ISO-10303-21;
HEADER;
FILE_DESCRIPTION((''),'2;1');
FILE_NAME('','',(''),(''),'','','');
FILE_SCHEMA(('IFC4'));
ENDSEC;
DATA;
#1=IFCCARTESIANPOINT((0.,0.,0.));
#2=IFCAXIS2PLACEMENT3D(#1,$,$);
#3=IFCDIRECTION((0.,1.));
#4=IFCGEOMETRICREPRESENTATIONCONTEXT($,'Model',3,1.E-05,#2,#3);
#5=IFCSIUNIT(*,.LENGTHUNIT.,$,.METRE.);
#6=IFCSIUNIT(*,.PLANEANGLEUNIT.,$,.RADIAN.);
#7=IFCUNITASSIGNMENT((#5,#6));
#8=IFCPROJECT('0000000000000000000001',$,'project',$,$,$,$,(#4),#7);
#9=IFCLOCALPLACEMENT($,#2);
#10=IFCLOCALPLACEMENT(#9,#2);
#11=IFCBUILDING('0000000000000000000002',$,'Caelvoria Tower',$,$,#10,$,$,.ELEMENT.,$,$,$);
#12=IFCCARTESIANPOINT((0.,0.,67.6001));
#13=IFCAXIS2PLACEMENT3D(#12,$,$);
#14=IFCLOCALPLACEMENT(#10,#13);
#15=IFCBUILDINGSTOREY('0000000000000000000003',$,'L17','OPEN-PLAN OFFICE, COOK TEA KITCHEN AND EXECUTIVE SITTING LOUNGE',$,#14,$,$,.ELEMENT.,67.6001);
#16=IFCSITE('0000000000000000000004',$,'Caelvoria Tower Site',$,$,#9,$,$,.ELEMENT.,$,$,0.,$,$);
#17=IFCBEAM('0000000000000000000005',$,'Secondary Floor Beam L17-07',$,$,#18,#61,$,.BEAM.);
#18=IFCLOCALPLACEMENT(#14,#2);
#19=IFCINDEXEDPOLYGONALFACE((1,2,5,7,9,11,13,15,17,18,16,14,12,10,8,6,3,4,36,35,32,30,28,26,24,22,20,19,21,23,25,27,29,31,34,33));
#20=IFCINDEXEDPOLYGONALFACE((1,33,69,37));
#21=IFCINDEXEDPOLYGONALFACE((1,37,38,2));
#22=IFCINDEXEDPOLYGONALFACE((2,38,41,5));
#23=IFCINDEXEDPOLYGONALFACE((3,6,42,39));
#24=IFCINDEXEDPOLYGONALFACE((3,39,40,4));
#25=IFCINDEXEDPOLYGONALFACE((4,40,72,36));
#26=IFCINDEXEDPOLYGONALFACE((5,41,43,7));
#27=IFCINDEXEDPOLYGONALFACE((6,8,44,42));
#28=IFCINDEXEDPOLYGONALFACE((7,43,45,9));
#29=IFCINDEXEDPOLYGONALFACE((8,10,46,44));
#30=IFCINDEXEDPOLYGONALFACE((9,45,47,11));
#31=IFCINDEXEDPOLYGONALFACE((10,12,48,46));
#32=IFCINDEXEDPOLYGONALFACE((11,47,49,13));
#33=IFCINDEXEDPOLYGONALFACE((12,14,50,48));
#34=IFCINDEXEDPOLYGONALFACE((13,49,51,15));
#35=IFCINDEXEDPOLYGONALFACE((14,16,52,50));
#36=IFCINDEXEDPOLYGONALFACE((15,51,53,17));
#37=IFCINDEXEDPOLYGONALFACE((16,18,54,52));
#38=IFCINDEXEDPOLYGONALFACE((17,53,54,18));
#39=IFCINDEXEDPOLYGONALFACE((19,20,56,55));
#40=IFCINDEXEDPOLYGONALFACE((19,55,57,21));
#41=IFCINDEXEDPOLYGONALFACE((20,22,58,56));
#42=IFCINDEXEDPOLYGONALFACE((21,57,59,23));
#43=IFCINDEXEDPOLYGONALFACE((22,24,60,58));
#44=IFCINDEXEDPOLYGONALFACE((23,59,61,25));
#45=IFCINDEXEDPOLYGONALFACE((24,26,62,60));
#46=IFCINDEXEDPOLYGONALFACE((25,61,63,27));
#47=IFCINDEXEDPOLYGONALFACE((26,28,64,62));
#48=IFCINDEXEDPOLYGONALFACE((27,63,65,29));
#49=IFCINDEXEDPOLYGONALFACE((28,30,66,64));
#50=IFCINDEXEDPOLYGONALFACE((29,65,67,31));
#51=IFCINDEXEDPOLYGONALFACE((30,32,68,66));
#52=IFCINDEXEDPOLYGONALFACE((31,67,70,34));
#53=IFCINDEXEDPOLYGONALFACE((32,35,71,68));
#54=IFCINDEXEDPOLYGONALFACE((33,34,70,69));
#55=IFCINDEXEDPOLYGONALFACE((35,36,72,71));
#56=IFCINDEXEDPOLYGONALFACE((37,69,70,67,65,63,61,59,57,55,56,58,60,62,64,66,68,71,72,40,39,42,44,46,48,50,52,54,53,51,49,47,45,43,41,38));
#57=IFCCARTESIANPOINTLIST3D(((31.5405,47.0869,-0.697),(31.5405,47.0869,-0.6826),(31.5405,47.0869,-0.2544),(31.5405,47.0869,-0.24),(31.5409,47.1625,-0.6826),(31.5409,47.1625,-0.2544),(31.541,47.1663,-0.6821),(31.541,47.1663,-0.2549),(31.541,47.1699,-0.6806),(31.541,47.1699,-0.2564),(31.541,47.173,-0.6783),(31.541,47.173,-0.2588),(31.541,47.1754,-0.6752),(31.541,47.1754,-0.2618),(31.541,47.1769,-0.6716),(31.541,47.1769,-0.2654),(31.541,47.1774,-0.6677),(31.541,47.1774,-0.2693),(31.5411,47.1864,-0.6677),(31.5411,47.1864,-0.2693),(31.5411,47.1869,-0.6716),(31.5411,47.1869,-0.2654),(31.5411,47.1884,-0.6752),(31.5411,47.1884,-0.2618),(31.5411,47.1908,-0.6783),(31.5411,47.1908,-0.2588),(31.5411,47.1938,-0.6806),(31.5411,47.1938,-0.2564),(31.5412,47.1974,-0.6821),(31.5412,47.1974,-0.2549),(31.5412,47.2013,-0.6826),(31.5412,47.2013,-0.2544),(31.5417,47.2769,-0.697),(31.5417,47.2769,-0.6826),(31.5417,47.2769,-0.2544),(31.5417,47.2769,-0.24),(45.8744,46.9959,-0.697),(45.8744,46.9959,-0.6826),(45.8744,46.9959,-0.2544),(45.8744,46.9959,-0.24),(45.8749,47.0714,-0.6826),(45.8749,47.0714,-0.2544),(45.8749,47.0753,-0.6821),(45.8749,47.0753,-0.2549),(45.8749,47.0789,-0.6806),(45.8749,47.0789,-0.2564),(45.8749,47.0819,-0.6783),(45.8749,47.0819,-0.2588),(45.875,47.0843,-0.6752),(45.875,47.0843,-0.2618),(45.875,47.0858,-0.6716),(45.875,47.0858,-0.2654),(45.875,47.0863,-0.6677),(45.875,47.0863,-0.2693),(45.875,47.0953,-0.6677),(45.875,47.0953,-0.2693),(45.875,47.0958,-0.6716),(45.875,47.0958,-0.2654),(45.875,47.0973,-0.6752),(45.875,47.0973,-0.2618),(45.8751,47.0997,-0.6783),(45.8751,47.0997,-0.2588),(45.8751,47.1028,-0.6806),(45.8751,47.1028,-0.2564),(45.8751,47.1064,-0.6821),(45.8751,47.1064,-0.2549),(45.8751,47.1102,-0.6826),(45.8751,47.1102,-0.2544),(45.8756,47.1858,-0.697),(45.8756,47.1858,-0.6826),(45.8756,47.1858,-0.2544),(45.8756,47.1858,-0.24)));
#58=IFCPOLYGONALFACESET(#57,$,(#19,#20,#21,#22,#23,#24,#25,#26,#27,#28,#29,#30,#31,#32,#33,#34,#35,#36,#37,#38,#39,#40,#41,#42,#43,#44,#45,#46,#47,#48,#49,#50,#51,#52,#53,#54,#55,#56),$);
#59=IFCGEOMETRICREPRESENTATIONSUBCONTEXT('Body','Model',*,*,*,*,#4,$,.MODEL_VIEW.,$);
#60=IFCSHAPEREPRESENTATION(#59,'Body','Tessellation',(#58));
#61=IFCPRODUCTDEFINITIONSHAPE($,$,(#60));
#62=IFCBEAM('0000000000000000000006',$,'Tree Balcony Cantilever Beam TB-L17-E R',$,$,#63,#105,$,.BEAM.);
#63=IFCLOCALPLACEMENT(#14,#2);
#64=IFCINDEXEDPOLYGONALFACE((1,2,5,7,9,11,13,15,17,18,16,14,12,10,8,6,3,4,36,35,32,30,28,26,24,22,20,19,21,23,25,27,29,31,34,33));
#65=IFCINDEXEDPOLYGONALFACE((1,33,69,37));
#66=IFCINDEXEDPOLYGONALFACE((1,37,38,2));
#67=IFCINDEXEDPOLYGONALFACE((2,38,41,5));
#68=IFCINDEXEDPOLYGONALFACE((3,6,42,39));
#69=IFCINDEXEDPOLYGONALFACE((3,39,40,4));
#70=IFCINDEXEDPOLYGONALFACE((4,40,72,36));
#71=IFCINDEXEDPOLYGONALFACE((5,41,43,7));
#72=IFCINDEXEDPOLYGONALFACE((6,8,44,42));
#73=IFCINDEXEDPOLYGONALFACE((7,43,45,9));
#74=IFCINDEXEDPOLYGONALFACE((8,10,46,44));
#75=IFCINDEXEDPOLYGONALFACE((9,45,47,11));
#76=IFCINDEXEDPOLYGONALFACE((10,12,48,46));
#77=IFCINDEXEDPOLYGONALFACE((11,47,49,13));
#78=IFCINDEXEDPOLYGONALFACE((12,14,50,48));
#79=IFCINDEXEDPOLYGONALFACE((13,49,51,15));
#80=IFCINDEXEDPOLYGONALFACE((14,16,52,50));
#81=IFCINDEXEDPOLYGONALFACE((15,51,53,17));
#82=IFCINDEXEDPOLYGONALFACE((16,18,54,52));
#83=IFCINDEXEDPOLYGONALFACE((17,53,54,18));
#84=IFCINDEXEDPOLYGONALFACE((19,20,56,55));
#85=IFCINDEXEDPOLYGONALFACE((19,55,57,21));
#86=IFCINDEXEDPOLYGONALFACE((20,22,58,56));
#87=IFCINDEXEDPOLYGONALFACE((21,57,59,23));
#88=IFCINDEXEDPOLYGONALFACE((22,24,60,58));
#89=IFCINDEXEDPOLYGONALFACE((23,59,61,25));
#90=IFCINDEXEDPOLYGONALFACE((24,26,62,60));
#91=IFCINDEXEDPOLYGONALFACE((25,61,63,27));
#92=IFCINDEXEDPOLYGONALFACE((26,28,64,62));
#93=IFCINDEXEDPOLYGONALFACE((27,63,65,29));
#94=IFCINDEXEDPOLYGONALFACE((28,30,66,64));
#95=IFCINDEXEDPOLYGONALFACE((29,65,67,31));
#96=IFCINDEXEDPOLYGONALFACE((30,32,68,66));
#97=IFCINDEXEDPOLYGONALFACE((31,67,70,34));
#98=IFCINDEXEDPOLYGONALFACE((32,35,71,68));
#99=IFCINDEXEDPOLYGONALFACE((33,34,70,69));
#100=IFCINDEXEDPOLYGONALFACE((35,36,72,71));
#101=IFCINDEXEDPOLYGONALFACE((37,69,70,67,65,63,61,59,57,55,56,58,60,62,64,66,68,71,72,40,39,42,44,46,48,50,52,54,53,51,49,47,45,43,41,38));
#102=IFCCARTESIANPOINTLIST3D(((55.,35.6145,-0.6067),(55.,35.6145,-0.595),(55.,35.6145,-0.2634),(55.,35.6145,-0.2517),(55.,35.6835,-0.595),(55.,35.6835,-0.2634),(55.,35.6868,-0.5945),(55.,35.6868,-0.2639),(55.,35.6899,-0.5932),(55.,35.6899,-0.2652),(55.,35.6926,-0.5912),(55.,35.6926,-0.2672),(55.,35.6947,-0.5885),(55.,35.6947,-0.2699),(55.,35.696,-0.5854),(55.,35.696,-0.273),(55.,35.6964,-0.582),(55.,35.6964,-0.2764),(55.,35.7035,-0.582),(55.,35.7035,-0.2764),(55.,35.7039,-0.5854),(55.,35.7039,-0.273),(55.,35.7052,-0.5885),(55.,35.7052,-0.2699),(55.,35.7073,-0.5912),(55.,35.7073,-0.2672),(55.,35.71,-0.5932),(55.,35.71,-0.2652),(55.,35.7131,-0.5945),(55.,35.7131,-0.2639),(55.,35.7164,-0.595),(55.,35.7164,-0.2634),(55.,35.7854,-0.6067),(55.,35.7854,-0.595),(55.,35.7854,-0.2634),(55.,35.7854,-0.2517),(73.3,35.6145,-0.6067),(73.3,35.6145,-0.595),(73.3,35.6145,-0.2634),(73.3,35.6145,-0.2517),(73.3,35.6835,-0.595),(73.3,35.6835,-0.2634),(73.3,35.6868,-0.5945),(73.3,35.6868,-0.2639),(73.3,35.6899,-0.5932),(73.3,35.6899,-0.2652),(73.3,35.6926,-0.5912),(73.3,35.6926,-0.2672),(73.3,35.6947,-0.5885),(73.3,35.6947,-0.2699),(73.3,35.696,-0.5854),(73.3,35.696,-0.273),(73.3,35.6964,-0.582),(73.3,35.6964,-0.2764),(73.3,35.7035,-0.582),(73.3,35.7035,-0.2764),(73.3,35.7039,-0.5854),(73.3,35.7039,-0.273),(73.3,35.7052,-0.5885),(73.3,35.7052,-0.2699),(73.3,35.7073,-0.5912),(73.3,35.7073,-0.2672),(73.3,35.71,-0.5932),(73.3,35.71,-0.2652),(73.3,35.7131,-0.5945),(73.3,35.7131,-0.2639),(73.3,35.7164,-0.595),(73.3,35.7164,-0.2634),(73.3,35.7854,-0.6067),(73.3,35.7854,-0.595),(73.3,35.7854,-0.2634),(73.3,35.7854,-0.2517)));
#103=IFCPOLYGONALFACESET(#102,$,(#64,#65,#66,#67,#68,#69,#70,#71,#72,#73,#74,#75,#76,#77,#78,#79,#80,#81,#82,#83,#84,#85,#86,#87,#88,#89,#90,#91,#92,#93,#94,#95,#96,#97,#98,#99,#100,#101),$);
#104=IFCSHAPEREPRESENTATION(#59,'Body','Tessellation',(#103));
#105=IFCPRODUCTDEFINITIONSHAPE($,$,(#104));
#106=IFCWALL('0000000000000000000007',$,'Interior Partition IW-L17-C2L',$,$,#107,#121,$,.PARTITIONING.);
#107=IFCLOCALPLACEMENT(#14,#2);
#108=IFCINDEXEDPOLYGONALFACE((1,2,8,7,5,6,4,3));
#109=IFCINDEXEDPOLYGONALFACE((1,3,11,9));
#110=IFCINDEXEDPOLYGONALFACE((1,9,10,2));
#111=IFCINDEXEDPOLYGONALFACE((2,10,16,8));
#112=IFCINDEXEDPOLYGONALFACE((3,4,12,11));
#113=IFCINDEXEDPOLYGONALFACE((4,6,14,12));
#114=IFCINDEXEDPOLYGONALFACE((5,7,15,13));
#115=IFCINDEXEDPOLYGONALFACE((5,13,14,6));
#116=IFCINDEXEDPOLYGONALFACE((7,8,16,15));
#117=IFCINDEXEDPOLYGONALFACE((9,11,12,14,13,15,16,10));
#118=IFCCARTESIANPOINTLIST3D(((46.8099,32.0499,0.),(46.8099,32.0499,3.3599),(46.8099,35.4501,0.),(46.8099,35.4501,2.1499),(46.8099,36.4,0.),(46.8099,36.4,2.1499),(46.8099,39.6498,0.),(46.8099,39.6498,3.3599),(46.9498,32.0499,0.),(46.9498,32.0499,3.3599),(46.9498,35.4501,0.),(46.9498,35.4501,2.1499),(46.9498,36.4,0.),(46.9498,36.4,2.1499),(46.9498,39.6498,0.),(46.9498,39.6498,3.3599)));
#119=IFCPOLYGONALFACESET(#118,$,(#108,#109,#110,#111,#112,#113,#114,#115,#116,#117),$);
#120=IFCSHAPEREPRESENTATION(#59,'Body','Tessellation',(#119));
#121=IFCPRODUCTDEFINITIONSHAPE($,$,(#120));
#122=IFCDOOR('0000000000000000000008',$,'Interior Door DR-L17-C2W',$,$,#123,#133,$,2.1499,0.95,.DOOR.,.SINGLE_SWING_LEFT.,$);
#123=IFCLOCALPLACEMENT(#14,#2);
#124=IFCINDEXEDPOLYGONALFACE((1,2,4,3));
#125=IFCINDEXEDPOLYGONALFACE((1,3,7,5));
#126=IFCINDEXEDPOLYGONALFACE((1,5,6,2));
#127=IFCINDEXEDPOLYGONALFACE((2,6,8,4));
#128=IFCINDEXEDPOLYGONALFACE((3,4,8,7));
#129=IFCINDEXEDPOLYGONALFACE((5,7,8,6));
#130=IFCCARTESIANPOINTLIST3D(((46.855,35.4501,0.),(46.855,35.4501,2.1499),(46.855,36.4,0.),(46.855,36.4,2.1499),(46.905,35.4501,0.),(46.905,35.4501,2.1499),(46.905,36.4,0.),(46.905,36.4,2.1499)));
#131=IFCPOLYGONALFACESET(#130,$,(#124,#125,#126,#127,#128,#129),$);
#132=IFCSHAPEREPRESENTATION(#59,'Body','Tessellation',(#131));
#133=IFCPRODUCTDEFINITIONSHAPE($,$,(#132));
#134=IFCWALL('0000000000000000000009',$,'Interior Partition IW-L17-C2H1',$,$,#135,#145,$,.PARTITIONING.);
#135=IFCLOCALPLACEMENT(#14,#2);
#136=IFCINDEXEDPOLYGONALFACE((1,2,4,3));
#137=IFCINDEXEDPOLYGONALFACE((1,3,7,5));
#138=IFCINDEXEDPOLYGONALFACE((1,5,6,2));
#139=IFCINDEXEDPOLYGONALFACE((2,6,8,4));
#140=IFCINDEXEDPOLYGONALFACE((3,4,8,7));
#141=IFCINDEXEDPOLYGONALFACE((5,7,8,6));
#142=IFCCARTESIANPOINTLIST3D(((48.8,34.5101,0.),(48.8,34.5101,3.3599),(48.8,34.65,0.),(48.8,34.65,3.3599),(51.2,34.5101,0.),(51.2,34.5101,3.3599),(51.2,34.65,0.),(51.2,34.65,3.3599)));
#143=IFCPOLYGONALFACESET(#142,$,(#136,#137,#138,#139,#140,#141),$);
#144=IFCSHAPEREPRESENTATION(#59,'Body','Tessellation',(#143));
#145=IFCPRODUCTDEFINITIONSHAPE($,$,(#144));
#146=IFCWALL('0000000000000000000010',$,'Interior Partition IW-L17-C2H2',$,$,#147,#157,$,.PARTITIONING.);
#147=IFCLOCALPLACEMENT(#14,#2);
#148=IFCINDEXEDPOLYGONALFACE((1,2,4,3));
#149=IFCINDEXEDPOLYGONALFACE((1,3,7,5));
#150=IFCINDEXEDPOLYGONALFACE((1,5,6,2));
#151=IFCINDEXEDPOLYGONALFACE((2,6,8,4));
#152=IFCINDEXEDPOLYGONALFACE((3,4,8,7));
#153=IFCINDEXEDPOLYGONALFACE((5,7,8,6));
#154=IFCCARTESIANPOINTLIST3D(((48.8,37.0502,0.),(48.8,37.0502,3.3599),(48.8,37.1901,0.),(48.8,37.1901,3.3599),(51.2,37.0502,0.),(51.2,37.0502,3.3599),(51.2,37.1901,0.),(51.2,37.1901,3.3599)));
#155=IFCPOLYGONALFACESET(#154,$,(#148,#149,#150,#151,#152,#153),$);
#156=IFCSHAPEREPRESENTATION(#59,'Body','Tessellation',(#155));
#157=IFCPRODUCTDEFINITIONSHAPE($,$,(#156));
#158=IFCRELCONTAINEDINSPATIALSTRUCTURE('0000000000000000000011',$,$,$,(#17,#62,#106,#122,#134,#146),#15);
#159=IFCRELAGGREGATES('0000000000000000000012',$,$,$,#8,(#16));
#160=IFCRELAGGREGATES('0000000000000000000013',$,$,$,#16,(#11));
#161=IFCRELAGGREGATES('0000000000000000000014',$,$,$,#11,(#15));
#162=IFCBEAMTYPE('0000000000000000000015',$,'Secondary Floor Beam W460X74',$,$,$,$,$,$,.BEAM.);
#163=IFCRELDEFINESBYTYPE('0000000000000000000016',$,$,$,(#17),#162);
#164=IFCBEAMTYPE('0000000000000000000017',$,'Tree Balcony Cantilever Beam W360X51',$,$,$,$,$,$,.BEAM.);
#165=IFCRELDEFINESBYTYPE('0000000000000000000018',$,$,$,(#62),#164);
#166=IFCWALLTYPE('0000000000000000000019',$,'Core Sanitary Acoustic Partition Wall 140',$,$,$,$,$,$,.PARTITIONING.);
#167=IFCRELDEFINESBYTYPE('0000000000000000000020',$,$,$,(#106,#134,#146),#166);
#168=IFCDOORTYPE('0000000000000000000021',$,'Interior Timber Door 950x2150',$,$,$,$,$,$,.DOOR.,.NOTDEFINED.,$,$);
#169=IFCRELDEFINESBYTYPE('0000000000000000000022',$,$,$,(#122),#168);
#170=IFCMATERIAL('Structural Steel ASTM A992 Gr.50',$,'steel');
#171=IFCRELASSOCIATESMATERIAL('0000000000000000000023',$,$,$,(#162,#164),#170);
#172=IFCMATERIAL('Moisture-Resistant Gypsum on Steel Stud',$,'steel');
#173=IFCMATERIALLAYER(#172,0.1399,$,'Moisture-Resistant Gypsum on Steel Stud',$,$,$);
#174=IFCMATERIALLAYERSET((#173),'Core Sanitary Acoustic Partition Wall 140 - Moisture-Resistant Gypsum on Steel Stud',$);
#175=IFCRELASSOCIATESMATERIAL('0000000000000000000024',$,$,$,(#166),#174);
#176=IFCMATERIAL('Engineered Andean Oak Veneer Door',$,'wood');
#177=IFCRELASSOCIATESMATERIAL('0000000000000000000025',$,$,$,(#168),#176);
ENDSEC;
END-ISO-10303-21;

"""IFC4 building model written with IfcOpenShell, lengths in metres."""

from ifc_helpers import new_model, si_unit, direction, frame, frame_2d, origin, origin_2d, place, context, subcontext, project, spatial, rectangle, i_section, extrude, material, layer, layer_set, material_profile, profile_set, type_object, element, fill, save


model = new_model("IFC4")

# Units and contexts
model_context = context("Model", 3, precision=1e-05, world=origin(), true_north=direction((0.0, 1.0)))
body_context = subcontext(model_context, "Body", "Model", "MODEL_VIEW")
ifc_project = project(units=[si_unit("LENGTHUNIT", "METRE"), si_unit("PLANEANGLEUNIT", "RADIAN")], contexts=[model_context])

# Site, building, storey
site_placement = place(None, origin())
site = spatial("IfcSite", under=ifc_project, at=site_placement, Name="Caelvoria Tower Site", CompositionType="ELEMENT", RefElevation=0.0)
building_placement = place(site_placement, origin())
building = spatial("IfcBuilding", under=site, at=building_placement, Name="Caelvoria Tower", CompositionType="ELEMENT")
storey_placement = place(building_placement, frame((0.0, 0.0, 67.6001)))
storey = spatial("IfcBuildingStorey", under=building, at=storey_placement, Name="L17", Description="OPEN-PLAN OFFICE, COOK TEA KITCHEN AND EXECUTIVE SITTING LOUNGE", CompositionType="ELEMENT", Elevation=67.6001)

# Beams
ifc_material_1 = material(Name="Structural Steel ASTM A992 Gr.50", Category="steel")
ifc_material_profile_1 = material_profile(ifc_material_1, i_section(OverallWidth=0.1899, OverallDepth=0.457, WebThickness=0.009, FlangeThickness=0.0144, FilletRadius=0.0149, at=origin_2d()), Name="Structural Steel ASTM A992 Gr.50")
ifc_profile_set_1 = profile_set([ifc_material_profile_1], Name="W460X74 - Structural Steel ASTM A992 Gr.50")
beam_type_1 = type_object("IfcBeamType", Name="Secondary Floor Beam W460X74", PredefinedType="BEAM", material=ifc_profile_set_1)
for number, where, z_axis, x_axis, name in (
    (1, (45.875, 47.0908, -0.4685), (-0.99998, 0.006353, 0.0), (-0.006353, -0.99998, 0.0), "Secondary Floor Beam L17-07"),
):
    element("IfcBeam", number, at=place(storey_placement, frame(where, z_axis=z_axis, x_axis=x_axis)), inside=storey, type_object=beam_type_1, Name=name, PredefinedType="BEAM", context=body_context, shape_type="SweptSolid", body=[
        extrude(i_section(OverallWidth=0.1899, OverallDepth=0.457, WebThickness=0.009, FlangeThickness=0.0144, FilletRadius=0.0149, at=origin_2d()), origin(), (0.0, 0.0, 1.0), 14.3342),
    ])
ifc_material_profile_2 = material_profile(ifc_material_1, i_section(OverallWidth=0.1709, OverallDepth=0.355, WebThickness=0.0071, FlangeThickness=0.0117, FilletRadius=0.0129, at=origin_2d()), Name="Structural Steel ASTM A992 Gr.50")
ifc_profile_set_2 = profile_set([ifc_material_profile_2], Name="W360X51 - Structural Steel ASTM A992 Gr.50")
beam_type_2 = type_object("IfcBeamType", Name="Tree Balcony Cantilever Beam W360X51", PredefinedType="BEAM", material=ifc_profile_set_2)
beam_1_placement = place(storey_placement, frame((55.0, 35.7, -0.4292), z_axis=(1.0, 0.0, 0.0), x_axis=(0.0, 1.0, 0.0)))
element("IfcBeam", 2, at=beam_1_placement, inside=storey, type_object=beam_type_2, Name="Tree Balcony Cantilever Beam TB-L17-E R", PredefinedType="BEAM", context=body_context, shape_type="SweptSolid", body=[
    extrude(i_section(OverallWidth=0.1709, OverallDepth=0.355, WebThickness=0.0071, FlangeThickness=0.0117, FilletRadius=0.0129, at=origin_2d()), origin(), (0.0, 0.0, 1.0), 18.3),
])

# Wall, opening, door
ifc_material_2 = material(Name="Moisture-Resistant Gypsum on Steel Stud", Category="steel")
ifc_layer_1 = layer(ifc_material_2, 0.1399, Name="Moisture-Resistant Gypsum on Steel Stud")
ifc_layer_set_1 = layer_set([ifc_layer_1], Name="Core Sanitary Acoustic Partition Wall 140 - Moisture-Resistant Gypsum on Steel Stud")
wall_type_1 = type_object("IfcWallType", Name="Core Sanitary Acoustic Partition Wall 140", PredefinedType="PARTITIONING", material=ifc_layer_set_1)
wall_1_placement = place(storey_placement, frame((46.8799, 32.05, 0.0), z_axis=(0.0, 0.0, 1.0), x_axis=(0.0, 1.0, 0.0)))
wall_1 = element("IfcWall", 3, at=wall_1_placement, inside=storey, type_object=wall_type_1, Name="Interior Partition IW-L17-C2L", PredefinedType="PARTITIONING", context=body_context, shape_type="SweptSolid", body=[
    extrude(rectangle(XDim=7.5999, YDim=0.1399, at=frame_2d((3.7998, 0.0))), origin(), (0.0, 0.0, 1.0), 3.3599),
])
opening_1_placement = place(wall_1_placement, frame((3.3999, 0.0, 0.0)))
opening_1 = element("IfcOpeningElement", 4, at=opening_1_placement, cuts=wall_1, PredefinedType="OPENING", context=body_context, shape_type="SweptSolid", body=[
    extrude(rectangle(XDim=0.95, YDim=2.1499, at=frame_2d((0.4751, 1.075))), frame((0.0, 0.0798, 0.0), z_axis=(0.0, -1.0, 0.0), x_axis=(1.0, 0.0, 0.0)), (0.0, 0.0, 1.0), 0.1599),
])
ifc_material_3 = material(Name="Engineered Andean Oak Veneer Door", Category="wood")
door_type_1 = type_object("IfcDoorType", Name="Interior Timber Door 950x2150", OperationType="NOTDEFINED", PredefinedType="DOOR", material=ifc_material_3)
door_1_placement = place(opening_1_placement, origin())
door_1 = element("IfcDoor", 5, at=door_1_placement, inside=storey, type_object=door_type_1, Name="Interior Door DR-L17-C2W", OperationType="SINGLE_SWING_LEFT", OverallHeight=2.1499, OverallWidth=0.95, PredefinedType="DOOR", context=body_context, shape_type="SweptSolid", body=[
    extrude(rectangle(XDim=0.95, YDim=2.1499, at=frame_2d((0.4751, 1.075))), frame((0.0, 0.0249, 0.0), z_axis=(0.0, -1.0, 0.0), x_axis=(1.0, 0.0, 0.0)), (0.0, 0.0, 1.0), 0.05),
])
fill(opening_1, door_1)

# Walls
for number, where, z_axis, x_axis, name in (
    (6, (48.8, 34.5801, 0.0), (0.0, 0.0, 1.0), (1.0, 0.0, 0.0), "Interior Partition IW-L17-C2H1"),
    (7, (48.8, 37.1201, 0.0), (0.0, 0.0, 1.0), (1.0, 0.0, 0.0), "Interior Partition IW-L17-C2H2"),
):
    element("IfcWall", number, at=place(storey_placement, frame(where, z_axis=z_axis, x_axis=x_axis)), inside=storey, type_object=wall_type_1, Name=name, PredefinedType="PARTITIONING", context=body_context, shape_type="SweptSolid", body=[
        extrude(rectangle(XDim=2.3999, YDim=0.1399, at=frame_2d((1.2, 0.0))), origin(), (0.0, 0.0, 1.0), 3.3599),
    ])

save(model, "model.ifc")
